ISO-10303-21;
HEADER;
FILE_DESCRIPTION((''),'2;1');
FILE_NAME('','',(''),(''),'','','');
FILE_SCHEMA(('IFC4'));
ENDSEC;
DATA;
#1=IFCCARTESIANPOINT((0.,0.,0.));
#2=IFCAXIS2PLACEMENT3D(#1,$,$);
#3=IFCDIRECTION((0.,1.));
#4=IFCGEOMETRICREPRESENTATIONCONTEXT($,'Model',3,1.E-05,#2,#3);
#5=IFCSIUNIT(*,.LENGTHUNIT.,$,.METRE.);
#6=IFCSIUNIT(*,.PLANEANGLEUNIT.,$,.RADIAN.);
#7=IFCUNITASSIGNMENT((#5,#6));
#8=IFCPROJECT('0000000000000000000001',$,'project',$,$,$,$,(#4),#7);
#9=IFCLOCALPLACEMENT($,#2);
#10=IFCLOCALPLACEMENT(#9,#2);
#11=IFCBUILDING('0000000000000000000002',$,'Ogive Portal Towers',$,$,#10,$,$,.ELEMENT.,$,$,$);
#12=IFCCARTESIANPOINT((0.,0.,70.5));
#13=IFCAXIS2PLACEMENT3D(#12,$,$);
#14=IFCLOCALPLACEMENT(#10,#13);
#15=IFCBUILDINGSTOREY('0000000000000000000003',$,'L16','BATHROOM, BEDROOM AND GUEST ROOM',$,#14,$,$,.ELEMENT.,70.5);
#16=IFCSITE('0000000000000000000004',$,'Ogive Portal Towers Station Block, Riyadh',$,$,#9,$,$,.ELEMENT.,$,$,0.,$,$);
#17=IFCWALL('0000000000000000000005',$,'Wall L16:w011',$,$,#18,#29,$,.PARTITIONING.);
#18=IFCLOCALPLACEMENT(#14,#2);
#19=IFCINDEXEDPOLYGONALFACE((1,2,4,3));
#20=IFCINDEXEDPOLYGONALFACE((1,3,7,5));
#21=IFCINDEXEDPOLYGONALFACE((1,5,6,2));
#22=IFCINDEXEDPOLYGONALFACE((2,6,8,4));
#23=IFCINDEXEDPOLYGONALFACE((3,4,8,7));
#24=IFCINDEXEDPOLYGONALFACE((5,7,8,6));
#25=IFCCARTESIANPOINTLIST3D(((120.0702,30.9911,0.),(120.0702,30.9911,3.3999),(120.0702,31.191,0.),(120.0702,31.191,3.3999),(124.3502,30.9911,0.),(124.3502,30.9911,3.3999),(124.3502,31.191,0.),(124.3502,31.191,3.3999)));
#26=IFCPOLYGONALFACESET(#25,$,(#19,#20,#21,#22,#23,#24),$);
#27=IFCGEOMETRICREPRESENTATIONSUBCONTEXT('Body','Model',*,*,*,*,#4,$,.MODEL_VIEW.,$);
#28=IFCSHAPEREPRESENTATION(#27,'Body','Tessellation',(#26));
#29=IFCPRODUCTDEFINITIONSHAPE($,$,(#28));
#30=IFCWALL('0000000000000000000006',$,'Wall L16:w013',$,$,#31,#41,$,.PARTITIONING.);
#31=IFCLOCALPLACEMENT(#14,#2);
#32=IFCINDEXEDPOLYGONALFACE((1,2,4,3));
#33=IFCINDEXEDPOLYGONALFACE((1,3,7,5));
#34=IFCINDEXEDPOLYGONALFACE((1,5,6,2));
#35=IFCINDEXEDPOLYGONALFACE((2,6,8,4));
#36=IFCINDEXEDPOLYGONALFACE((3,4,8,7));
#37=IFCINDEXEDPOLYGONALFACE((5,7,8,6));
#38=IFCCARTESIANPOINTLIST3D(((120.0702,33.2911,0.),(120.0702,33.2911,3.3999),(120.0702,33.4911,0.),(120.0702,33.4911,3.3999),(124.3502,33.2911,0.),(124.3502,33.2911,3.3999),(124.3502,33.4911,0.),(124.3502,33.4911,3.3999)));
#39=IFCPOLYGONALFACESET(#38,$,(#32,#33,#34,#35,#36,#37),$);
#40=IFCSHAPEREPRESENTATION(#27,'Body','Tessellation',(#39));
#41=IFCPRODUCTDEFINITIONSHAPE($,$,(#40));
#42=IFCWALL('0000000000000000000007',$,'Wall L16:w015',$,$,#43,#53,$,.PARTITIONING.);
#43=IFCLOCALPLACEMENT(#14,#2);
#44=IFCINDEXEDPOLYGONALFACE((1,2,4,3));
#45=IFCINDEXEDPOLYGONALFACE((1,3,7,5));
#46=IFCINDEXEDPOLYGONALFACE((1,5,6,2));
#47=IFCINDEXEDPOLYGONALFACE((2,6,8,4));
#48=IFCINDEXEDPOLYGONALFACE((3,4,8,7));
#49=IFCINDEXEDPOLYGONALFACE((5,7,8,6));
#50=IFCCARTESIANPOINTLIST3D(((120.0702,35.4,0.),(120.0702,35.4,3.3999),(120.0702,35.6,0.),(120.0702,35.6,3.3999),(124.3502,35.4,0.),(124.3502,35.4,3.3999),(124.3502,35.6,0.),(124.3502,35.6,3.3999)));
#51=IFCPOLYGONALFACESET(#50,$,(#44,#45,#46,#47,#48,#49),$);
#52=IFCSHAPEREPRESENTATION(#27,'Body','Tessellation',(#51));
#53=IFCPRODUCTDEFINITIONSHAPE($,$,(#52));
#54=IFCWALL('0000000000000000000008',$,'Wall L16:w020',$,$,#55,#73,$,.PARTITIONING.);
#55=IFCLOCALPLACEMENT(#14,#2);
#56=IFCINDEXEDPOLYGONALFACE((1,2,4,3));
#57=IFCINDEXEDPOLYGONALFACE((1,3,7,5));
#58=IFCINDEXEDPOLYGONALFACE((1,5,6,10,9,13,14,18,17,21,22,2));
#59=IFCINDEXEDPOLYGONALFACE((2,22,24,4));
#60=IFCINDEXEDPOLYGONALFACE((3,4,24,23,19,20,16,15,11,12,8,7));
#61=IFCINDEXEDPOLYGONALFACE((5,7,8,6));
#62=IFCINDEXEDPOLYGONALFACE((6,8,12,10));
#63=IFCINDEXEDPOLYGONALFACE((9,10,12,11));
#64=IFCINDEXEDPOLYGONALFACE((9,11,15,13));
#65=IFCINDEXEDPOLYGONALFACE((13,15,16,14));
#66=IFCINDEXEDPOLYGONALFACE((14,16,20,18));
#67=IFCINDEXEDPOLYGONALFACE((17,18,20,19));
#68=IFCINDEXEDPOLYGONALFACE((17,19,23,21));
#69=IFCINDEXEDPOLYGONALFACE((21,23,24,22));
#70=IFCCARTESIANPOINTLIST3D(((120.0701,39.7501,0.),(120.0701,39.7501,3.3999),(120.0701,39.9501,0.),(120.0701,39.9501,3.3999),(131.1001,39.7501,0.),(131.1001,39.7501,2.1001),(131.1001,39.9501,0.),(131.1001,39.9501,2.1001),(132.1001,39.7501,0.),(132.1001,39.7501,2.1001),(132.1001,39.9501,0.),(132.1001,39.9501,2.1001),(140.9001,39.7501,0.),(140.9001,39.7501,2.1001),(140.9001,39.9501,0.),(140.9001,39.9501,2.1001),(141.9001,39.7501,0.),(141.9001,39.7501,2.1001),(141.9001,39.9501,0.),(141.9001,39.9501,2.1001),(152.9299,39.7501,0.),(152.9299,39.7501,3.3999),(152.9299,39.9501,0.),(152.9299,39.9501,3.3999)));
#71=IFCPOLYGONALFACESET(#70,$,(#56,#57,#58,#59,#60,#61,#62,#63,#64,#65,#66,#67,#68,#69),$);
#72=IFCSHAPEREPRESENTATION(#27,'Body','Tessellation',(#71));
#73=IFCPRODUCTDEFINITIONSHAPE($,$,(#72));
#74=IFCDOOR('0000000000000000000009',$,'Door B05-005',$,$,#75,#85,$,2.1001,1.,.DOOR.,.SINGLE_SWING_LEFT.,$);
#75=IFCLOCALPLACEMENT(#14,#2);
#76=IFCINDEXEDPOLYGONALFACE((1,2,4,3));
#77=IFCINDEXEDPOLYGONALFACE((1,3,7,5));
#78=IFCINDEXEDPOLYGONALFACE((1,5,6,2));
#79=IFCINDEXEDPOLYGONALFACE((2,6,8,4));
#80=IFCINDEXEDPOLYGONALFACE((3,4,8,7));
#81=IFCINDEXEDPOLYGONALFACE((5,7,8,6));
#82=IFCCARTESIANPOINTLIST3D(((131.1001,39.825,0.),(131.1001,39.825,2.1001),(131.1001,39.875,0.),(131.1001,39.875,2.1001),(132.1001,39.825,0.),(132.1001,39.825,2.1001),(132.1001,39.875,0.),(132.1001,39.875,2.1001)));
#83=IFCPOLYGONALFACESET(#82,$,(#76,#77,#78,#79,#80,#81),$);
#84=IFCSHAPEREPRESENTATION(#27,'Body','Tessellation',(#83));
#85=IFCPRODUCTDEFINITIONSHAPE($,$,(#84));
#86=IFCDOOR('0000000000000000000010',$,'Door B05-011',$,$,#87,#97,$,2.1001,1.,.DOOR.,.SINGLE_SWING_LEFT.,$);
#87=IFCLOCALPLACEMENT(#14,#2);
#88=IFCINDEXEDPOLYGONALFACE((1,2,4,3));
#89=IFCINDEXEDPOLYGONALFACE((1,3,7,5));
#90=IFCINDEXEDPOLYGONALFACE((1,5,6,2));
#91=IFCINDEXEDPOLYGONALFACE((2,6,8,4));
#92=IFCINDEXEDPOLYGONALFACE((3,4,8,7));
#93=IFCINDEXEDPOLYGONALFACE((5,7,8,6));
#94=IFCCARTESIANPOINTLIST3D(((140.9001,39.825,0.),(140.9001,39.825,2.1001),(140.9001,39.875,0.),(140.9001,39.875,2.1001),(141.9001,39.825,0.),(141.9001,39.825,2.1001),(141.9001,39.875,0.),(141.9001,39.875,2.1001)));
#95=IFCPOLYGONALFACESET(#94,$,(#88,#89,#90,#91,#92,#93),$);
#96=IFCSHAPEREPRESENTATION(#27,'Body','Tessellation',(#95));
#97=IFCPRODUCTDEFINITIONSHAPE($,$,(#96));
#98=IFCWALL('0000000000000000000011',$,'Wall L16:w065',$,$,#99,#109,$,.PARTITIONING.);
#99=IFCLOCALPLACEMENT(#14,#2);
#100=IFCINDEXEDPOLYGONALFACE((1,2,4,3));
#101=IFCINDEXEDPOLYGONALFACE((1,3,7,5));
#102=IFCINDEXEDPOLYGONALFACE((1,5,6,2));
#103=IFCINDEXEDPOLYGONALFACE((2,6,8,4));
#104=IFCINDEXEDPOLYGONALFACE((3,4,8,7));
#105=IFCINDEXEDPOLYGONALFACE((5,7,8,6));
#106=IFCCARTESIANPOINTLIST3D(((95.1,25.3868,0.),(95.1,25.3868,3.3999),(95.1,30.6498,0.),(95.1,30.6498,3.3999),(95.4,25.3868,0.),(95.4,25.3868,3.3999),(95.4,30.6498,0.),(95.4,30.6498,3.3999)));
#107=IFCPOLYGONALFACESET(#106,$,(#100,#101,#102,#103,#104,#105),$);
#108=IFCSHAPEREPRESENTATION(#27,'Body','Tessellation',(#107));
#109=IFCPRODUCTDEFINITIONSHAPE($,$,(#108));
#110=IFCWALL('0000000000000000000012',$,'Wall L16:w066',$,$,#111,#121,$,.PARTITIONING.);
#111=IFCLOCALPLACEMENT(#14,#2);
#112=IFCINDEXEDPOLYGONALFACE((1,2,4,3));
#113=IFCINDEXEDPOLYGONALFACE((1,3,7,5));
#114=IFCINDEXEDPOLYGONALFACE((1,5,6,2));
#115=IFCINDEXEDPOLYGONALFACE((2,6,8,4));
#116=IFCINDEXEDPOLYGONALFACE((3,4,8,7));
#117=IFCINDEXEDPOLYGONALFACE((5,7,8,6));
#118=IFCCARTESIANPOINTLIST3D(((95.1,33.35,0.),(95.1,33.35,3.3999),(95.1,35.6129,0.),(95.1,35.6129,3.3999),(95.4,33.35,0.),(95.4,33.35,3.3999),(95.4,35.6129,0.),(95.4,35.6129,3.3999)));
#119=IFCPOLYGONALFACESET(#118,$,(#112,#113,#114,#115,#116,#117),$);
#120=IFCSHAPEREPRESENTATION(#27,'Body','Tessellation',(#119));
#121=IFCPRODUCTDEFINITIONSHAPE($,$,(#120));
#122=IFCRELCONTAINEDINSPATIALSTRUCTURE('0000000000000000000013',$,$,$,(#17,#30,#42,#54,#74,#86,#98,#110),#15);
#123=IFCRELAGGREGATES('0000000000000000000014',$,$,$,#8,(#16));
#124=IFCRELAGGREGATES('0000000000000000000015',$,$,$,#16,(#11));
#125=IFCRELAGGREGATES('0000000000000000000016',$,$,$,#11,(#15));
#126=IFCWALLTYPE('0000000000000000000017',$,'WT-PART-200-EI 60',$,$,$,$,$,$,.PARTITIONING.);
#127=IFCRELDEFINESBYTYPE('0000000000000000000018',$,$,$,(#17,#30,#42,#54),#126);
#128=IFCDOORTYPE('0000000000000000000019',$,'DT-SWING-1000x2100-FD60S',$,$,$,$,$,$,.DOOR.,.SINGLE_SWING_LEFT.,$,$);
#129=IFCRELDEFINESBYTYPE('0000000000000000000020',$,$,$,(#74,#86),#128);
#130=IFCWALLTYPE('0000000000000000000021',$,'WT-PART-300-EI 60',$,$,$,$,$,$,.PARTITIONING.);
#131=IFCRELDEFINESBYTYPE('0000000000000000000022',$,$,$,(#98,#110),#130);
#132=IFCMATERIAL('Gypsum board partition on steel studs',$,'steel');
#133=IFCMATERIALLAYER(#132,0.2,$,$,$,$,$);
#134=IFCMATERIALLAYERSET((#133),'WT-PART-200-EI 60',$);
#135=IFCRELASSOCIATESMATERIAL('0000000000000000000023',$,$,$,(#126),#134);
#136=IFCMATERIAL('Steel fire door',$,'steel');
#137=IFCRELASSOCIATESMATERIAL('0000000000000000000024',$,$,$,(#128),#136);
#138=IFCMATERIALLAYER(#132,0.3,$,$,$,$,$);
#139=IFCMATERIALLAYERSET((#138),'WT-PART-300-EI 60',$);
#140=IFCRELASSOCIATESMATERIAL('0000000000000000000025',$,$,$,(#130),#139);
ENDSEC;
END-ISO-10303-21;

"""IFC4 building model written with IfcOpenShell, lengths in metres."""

from ifc_helpers import new_model, si_unit, direction, frame, frame_2d, origin, place, context, subcontext, project, spatial, rectangle, extrude, material, layer, layer_set, type_object, element, fill, save


model = new_model("IFC4")

# Units and contexts
model_context = context("Model", 3, precision=1e-05, world=origin(), true_north=direction((0.0, 1.0)))
body_context = subcontext(model_context, "Body", "Model", "MODEL_VIEW")
ifc_project = project(units=[si_unit("LENGTHUNIT", "METRE"), si_unit("PLANEANGLEUNIT", "RADIAN")], contexts=[model_context])

# Site, building, storey
site_placement = place(None, origin())
site = spatial("IfcSite", under=ifc_project, at=site_placement, Name="Ogive Portal Towers Station Block, Riyadh", CompositionType="ELEMENT", RefElevation=0.0)
building_placement = place(site_placement, origin())
building = spatial("IfcBuilding", under=site, at=building_placement, Name="Ogive Portal Towers", CompositionType="ELEMENT")
storey_placement = place(building_placement, frame((0.0, 0.0, 70.5)))
storey = spatial("IfcBuildingStorey", under=building, at=storey_placement, Name="L16", Description="BATHROOM, BEDROOM AND GUEST ROOM", CompositionType="ELEMENT", Elevation=70.5)

# Shared definitions
ifc_material_1 = material(Name="Steel fire door", Category="steel")

# Walls
ifc_material_2 = material(Name="Gypsum board partition on steel studs", Category="steel")
ifc_layer_1 = layer(ifc_material_2, 0.2)
ifc_layer_set_1 = layer_set([ifc_layer_1], Name="WT-PART-200-EI 60")
wall_type_1 = type_object("IfcWallType", Name="WT-PART-200-EI 60", PredefinedType="PARTITIONING", material=ifc_layer_set_1)
for number, where, z_axis, x_axis, name in (
    (1, (120.0701, 31.0911, 0.0), (0.0, 0.0, 1.0), (1.0, 0.0, 0.0), "Wall L16:w011"),
    (2, (120.0701, 33.3911, 0.0), (0.0, 0.0, 1.0), (1.0, 0.0, 0.0), "Wall L16:w013"),
    (3, (120.0701, 35.5, 0.0), (0.0, 0.0, 1.0), (1.0, 0.0, 0.0), "Wall L16:w015"),
):
    element("IfcWall", number, at=place(storey_placement, frame(where, z_axis=z_axis, x_axis=x_axis)), inside=storey, type_object=wall_type_1, Name=name, PredefinedType="PARTITIONING", context=body_context, shape_type="SweptSolid", body=[
        extrude(rectangle(XDim=4.28, YDim=0.2, at=frame_2d((2.1401, 0.0))), origin(), (0.0, 0.0, 1.0), 3.3999),
    ])

# Wall, openings, doors
wall_1_placement = place(storey_placement, frame((120.0701, 39.8501, 0.0), z_axis=(0.0, 0.0, 1.0), x_axis=(1.0, 0.0, 0.0)))
wall_1 = element("IfcWall", 4, at=wall_1_placement, inside=storey, type_object=wall_type_1, Name="Wall L16:w020", PredefinedType="PARTITIONING", context=body_context, shape_type="SweptSolid", body=[
    extrude(rectangle(XDim=32.8599, YDim=0.2, at=frame_2d((16.4299, 0.0))), origin(), (0.0, 0.0, 1.0), 3.3999),
])
opening_1_placement = place(wall_1_placement, frame((11.03, 0.0, 0.0)))
opening_1 = element("IfcOpeningElement", 5, at=opening_1_placement, cuts=wall_1, PredefinedType="OPENING", context=body_context, shape_type="SweptSolid", body=[
    extrude(rectangle(XDim=1.0, YDim=2.1001, at=frame_2d((0.5, 1.05))), frame((0.0, 0.1099, 0.0), z_axis=(0.0, -1.0, 0.0), x_axis=(1.0, 0.0, 0.0)), (0.0, 0.0, 1.0), 0.22),
])
opening_2_placement = place(wall_1_placement, frame((20.8301, 0.0, 0.0)))
opening_2 = element("IfcOpeningElement", 6, at=opening_2_placement, cuts=wall_1, PredefinedType="OPENING", context=body_context, shape_type="SweptSolid", body=[
    extrude(rectangle(XDim=1.0, YDim=2.1001, at=frame_2d((0.5, 1.05))), frame((0.0, 0.1099, 0.0), z_axis=(0.0, -1.0, 0.0), x_axis=(1.0, 0.0, 0.0)), (0.0, 0.0, 1.0), 0.22),
])
door_type_1 = type_object("IfcDoorType", Name="DT-SWING-1000x2100-FD60S", OperationType="SINGLE_SWING_LEFT", PredefinedType="DOOR", material=ifc_material_1)
door_1_placement = place(opening_1_placement, origin())
door_1 = element("IfcDoor", 7, at=door_1_placement, inside=storey, type_object=door_type_1, Name="Door B05-005", OperationType="SINGLE_SWING_LEFT", OverallHeight=2.1001, OverallWidth=1.0, PredefinedType="DOOR", context=body_context, shape_type="SweptSolid", body=[
    extrude(rectangle(XDim=1.0, YDim=2.1001, at=frame_2d((0.5, 1.05))), frame((0.0, 0.0249, 0.0), z_axis=(0.0, -1.0, 0.0), x_axis=(1.0, 0.0, 0.0)), (0.0, 0.0, 1.0), 0.05),
])
fill(opening_1, door_1)
door_2_placement = place(opening_2_placement, origin())
door_2 = element("IfcDoor", 8, at=door_2_placement, inside=storey, type_object=door_type_1, Name="Door B05-011", OperationType="SINGLE_SWING_LEFT", OverallHeight=2.1001, OverallWidth=1.0, PredefinedType="DOOR", context=body_context, shape_type="SweptSolid", body=[
    extrude(rectangle(XDim=1.0, YDim=2.1001, at=frame_2d((0.5, 1.05))), frame((0.0, 0.0249, 0.0), z_axis=(0.0, -1.0, 0.0), x_axis=(1.0, 0.0, 0.0)), (0.0, 0.0, 1.0), 0.05),
])
fill(opening_2, door_2)

# Walls
ifc_layer_2 = layer(ifc_material_2, 0.3)
ifc_layer_set_2 = layer_set([ifc_layer_2], Name="WT-PART-300-EI 60")
wall_type_2 = type_object("IfcWallType", Name="WT-PART-300-EI 60", PredefinedType="PARTITIONING", material=ifc_layer_set_2)
wall_2_placement = place(storey_placement, frame((95.25, 25.387, 0.0), z_axis=(0.0, 0.0, 1.0), x_axis=(0.0, 1.0, 0.0)))
element("IfcWall", 9, at=wall_2_placement, inside=storey, type_object=wall_type_2, Name="Wall L16:w065", PredefinedType="PARTITIONING", context=body_context, shape_type="SweptSolid", body=[
    extrude(rectangle(XDim=5.2629, YDim=0.3, at=frame_2d((2.6313, 0.0))), origin(), (0.0, 0.0, 1.0), 3.3999),
])
wall_3_placement = place(storey_placement, frame((95.25, 33.3501, 0.0), z_axis=(0.0, 0.0, 1.0), x_axis=(0.0, 1.0, 0.0)))
element("IfcWall", 10, at=wall_3_placement, inside=storey, type_object=wall_type_2, Name="Wall L16:w066", PredefinedType="PARTITIONING", context=body_context, shape_type="SweptSolid", body=[
    extrude(rectangle(XDim=2.2629, YDim=0.3, at=frame_2d((1.1313, 0.0))), origin(), (0.0, 0.0, 1.0), 3.3999),
])

save(model, "model.ifc")
